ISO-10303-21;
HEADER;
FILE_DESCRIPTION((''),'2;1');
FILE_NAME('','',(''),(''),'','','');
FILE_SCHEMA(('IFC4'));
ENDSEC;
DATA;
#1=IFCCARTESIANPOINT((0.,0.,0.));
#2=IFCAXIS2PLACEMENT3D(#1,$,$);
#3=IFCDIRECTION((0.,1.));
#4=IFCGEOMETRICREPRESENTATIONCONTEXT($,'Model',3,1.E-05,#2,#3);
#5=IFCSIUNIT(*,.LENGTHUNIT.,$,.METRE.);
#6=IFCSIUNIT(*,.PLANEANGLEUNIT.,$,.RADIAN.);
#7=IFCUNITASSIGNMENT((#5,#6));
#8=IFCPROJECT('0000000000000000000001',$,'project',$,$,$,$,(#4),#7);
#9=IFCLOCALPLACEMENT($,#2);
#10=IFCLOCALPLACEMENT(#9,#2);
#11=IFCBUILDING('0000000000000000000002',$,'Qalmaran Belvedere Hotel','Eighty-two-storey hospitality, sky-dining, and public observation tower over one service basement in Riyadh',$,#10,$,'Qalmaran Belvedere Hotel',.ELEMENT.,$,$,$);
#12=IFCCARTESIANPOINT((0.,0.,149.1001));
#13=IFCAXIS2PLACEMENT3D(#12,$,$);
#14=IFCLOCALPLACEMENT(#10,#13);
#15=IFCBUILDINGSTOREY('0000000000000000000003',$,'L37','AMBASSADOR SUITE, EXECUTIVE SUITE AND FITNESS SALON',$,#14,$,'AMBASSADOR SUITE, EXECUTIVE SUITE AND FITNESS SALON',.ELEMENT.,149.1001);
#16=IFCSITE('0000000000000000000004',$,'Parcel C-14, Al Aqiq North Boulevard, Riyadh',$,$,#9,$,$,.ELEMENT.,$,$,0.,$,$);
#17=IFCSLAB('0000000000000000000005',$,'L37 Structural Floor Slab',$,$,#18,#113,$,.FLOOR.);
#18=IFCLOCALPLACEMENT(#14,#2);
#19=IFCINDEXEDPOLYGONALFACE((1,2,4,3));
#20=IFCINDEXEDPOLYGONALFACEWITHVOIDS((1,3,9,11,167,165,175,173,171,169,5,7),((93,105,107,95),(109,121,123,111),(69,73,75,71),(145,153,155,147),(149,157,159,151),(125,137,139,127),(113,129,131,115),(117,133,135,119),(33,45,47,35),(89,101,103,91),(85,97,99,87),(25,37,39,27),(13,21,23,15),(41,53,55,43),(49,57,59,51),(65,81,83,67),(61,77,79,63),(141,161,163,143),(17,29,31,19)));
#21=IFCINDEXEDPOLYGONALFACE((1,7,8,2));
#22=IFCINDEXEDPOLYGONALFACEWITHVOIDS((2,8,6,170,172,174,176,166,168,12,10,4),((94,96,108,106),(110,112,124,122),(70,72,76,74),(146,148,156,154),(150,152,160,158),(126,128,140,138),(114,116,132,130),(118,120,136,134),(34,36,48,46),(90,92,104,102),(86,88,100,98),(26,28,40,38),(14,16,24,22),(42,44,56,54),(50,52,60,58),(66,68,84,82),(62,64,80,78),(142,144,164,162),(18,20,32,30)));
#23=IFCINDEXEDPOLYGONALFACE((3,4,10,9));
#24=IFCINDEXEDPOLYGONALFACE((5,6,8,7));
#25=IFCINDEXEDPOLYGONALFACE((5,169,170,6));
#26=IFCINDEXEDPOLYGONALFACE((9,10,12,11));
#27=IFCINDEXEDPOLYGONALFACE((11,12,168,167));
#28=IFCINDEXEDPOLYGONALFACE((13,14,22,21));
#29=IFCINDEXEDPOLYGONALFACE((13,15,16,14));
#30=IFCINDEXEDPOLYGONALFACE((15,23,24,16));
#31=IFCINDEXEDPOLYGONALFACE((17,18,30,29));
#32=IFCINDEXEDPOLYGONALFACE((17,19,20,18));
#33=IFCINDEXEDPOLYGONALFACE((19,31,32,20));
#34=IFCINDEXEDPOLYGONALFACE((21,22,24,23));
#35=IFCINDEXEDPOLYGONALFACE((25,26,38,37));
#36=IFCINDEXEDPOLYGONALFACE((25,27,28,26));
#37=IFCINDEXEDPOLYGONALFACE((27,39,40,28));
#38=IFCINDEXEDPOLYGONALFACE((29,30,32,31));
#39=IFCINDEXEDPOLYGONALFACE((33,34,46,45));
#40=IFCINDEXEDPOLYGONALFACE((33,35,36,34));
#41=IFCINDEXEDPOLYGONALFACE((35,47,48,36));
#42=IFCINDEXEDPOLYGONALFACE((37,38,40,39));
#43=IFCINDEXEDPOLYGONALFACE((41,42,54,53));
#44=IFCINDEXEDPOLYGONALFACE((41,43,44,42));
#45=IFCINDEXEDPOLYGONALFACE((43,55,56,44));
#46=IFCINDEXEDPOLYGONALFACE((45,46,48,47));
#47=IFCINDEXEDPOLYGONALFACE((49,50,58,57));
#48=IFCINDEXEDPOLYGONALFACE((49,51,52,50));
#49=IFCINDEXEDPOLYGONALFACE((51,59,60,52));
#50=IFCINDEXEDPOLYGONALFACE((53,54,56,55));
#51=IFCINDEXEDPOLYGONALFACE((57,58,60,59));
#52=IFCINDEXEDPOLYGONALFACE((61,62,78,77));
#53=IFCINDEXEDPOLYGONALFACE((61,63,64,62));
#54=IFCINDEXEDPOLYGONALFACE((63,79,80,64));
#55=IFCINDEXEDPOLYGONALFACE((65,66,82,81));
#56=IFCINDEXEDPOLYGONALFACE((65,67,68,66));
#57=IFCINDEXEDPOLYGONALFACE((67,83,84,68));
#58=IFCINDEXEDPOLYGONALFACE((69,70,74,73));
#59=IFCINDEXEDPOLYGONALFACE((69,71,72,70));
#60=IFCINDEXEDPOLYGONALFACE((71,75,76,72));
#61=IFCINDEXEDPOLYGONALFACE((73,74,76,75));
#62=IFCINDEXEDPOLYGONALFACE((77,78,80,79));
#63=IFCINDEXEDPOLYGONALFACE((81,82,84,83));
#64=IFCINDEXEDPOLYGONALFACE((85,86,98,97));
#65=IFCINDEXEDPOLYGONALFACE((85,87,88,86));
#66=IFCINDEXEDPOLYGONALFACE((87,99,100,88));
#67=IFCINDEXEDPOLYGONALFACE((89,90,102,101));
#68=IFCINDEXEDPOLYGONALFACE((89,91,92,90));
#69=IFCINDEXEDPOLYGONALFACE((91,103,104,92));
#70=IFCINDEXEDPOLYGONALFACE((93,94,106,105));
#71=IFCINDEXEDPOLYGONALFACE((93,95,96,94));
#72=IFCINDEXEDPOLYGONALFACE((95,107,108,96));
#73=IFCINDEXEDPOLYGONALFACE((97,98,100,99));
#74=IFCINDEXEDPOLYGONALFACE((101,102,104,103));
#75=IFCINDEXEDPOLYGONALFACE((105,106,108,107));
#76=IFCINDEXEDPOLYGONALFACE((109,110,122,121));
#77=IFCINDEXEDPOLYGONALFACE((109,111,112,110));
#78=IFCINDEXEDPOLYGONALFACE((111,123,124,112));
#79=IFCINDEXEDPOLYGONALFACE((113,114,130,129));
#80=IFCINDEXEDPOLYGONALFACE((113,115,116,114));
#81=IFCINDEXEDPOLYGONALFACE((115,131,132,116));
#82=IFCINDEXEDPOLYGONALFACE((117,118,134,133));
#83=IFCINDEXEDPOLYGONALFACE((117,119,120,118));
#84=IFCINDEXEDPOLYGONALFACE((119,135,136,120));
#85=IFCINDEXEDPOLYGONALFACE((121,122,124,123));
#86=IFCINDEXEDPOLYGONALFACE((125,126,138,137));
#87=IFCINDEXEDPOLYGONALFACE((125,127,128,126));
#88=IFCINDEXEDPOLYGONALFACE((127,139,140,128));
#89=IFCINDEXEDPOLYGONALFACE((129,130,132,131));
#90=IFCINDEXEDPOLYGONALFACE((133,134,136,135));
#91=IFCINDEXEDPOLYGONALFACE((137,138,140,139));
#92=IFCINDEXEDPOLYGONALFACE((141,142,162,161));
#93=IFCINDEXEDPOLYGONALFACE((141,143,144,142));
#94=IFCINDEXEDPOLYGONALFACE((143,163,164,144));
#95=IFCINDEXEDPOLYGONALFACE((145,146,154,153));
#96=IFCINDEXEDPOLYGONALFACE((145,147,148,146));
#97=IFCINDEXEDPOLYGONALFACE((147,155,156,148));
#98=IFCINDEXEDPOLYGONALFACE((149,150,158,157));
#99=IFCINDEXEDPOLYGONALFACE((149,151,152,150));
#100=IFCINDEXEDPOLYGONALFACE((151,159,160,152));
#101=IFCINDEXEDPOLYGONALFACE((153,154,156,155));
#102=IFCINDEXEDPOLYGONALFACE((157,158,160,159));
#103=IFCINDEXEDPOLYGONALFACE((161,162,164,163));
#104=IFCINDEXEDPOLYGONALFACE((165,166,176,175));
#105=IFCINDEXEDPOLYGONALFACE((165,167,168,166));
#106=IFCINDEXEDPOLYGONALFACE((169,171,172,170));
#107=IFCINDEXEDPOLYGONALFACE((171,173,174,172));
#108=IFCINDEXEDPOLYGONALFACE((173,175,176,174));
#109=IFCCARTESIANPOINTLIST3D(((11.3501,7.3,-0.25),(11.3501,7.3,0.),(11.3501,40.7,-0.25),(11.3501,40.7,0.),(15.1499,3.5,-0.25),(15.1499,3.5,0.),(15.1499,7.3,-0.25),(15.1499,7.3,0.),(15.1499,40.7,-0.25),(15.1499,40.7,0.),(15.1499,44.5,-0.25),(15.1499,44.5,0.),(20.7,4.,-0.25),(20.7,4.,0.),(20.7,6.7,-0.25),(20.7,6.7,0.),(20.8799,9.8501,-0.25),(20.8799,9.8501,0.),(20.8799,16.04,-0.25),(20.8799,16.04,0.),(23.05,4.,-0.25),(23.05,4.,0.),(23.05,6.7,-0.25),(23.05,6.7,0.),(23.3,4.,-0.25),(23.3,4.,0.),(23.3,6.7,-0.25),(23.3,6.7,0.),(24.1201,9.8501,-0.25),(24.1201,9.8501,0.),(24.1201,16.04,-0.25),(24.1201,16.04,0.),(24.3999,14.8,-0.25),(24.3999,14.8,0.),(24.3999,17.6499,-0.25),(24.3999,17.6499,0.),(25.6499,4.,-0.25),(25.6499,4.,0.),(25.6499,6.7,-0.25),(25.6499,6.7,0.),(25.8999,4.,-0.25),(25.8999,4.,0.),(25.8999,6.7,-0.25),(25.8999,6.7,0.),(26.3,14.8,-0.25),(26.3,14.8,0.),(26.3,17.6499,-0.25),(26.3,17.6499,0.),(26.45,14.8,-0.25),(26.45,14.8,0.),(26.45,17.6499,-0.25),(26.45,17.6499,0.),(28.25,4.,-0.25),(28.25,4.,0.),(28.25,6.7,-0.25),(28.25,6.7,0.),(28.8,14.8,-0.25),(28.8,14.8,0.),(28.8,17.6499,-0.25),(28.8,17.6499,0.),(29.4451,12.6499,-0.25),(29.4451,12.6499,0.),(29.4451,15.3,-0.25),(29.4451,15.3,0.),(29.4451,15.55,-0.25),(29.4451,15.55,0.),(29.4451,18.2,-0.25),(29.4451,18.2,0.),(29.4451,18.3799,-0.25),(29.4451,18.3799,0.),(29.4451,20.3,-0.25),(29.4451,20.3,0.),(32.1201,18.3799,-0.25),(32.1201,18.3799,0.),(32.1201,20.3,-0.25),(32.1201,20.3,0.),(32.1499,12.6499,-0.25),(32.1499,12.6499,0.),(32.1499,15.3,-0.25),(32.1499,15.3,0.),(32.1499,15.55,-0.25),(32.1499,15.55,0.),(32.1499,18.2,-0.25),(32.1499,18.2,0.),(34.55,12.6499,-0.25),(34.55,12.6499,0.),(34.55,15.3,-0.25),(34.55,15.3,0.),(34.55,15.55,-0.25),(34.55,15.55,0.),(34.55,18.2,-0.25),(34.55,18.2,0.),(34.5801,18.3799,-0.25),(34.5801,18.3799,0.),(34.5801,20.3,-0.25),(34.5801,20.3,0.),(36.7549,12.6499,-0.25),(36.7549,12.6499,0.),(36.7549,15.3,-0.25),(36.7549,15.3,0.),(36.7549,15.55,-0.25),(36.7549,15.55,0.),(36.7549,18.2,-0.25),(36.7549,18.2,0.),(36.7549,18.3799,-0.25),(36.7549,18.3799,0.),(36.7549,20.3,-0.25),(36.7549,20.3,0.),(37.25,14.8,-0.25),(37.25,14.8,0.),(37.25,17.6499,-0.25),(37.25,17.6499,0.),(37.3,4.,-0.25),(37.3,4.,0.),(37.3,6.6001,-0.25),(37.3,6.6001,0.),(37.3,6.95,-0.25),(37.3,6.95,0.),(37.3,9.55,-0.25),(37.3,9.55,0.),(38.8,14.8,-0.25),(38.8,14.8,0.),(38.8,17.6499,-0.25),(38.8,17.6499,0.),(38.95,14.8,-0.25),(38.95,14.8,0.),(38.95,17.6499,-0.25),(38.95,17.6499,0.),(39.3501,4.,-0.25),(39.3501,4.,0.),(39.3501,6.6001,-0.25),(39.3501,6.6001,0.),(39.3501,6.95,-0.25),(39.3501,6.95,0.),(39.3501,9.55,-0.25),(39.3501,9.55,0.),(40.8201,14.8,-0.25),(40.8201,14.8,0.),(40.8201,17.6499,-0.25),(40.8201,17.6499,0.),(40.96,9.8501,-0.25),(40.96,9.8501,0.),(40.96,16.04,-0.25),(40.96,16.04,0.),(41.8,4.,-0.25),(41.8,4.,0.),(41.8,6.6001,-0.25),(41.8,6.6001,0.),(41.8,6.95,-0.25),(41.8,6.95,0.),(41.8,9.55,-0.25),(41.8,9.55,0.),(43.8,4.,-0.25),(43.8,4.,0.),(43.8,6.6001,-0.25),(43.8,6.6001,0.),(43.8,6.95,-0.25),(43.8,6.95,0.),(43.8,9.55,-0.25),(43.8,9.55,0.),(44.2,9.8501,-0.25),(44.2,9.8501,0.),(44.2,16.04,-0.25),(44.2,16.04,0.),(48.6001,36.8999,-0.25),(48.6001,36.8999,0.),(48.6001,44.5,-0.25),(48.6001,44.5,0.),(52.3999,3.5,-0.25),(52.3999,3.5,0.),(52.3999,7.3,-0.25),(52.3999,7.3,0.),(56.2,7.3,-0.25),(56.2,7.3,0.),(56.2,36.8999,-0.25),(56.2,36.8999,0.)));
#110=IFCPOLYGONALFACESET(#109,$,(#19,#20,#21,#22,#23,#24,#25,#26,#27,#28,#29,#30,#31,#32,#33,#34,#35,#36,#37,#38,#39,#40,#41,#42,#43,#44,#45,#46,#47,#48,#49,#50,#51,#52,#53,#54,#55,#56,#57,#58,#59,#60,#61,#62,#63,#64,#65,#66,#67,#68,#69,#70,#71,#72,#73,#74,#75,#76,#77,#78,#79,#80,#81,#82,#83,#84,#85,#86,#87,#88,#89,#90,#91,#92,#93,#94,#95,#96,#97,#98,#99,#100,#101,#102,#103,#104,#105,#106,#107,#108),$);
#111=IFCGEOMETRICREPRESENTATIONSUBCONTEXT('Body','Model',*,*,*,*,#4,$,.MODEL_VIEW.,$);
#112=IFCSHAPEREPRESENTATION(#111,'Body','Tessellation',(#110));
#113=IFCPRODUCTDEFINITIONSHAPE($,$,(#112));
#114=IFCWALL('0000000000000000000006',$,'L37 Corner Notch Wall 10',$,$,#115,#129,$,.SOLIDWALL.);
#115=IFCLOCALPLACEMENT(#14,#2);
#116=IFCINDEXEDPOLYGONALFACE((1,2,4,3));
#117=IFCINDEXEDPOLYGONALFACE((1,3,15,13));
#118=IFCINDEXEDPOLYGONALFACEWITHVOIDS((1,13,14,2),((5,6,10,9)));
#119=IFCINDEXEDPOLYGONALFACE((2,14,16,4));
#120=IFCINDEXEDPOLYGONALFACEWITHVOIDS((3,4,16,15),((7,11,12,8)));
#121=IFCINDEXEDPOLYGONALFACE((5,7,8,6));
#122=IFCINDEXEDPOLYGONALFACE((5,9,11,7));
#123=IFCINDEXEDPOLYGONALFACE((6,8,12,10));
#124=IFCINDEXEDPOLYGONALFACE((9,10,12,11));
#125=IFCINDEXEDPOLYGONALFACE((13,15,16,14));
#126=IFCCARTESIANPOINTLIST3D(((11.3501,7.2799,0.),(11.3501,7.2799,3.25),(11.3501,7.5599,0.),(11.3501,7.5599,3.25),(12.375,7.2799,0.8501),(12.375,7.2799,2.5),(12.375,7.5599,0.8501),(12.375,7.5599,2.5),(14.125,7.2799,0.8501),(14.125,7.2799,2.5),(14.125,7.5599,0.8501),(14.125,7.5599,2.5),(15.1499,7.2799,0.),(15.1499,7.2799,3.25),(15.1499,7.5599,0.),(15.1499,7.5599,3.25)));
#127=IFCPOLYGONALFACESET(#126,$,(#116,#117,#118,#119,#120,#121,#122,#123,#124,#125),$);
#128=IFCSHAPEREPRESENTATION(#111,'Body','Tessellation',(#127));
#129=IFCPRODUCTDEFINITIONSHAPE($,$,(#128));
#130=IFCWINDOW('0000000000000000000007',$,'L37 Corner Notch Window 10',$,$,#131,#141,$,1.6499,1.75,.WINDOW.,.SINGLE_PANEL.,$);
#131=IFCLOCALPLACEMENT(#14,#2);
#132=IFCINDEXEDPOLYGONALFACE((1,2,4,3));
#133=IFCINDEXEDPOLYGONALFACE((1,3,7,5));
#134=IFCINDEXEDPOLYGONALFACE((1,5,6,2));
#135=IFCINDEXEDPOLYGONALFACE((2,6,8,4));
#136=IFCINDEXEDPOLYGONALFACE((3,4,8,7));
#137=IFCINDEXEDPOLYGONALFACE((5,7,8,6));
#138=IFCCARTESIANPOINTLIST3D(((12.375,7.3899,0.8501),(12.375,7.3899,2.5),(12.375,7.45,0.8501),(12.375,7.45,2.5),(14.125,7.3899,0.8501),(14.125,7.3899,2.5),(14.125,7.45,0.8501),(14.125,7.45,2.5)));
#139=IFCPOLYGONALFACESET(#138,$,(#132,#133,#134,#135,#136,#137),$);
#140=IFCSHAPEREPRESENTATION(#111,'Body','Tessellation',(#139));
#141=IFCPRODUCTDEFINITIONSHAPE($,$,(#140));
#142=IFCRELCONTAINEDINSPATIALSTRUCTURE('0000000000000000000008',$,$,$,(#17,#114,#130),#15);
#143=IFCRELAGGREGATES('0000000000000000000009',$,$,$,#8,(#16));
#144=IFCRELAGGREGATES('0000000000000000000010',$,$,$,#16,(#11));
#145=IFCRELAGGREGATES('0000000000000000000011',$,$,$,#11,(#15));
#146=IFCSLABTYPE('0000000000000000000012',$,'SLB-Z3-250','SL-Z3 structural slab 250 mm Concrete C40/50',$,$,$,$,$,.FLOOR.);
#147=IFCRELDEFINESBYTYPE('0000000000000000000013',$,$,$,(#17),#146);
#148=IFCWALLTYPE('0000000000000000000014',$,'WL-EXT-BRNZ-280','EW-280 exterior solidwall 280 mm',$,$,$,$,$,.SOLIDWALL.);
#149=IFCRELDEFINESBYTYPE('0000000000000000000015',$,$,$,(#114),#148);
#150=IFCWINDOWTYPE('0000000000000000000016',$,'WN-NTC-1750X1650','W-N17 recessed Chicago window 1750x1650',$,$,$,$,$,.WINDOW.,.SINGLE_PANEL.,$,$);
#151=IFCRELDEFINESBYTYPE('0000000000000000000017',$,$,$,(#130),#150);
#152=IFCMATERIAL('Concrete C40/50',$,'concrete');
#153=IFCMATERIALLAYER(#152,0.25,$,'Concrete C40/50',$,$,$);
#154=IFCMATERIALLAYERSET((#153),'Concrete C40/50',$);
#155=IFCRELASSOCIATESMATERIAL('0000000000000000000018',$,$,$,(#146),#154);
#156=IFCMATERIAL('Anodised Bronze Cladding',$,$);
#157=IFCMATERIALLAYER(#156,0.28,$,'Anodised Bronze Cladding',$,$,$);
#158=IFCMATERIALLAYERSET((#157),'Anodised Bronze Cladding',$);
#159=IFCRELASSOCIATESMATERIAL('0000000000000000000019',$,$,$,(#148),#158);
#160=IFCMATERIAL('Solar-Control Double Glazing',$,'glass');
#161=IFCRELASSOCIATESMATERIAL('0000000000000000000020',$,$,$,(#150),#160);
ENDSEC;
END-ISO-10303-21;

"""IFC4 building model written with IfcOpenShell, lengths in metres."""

from ifc_helpers import new_model, si_unit, direction, frame, frame_2d, origin, place, context, subcontext, project, spatial, polyline, rectangle, outline, extrude, material, layer, layer_set, type_object, element, fill, save


model = new_model("IFC4")

# Units and contexts
model_context = context("Model", 3, precision=1e-05, world=origin(), true_north=direction((0.0, 1.0)))
body_context = subcontext(model_context, "Body", "Model", "MODEL_VIEW")
ifc_project = project(units=[si_unit("LENGTHUNIT", "METRE"), si_unit("PLANEANGLEUNIT", "RADIAN")], contexts=[model_context])

# Site, building, storey
site_placement = place(None, origin())
site = spatial("IfcSite", under=ifc_project, at=site_placement, Name="Parcel C-14, Al Aqiq North Boulevard, Riyadh", CompositionType="ELEMENT", RefElevation=0.0)
building_placement = place(site_placement, origin())
building = spatial("IfcBuilding", under=site, at=building_placement, Name="Qalmaran Belvedere Hotel", Description="Eighty-two-storey hospitality, sky-dining, and public observation tower over one service basement in Riyadh", LongName="Qalmaran Belvedere Hotel", CompositionType="ELEMENT")
storey_placement = place(building_placement, frame((0.0, 0.0, 149.1001)))
storey = spatial("IfcBuildingStorey", under=building, at=storey_placement, Name="L37", Description="AMBASSADOR SUITE, EXECUTIVE SUITE AND FITNESS SALON", LongName="AMBASSADOR SUITE, EXECUTIVE SUITE AND FITNESS SALON", CompositionType="ELEMENT", Elevation=149.1001)

# Shared definitions
ifc_material_1 = material(Name="Solar-Control Double Glazing", Category="glass")

# Shared definitions
ifc_material_2 = material(Name="Concrete C40/50", Category="concrete")

# Slab
ifc_layer_1 = layer(ifc_material_2, 0.25, Name="Concrete C40/50")
ifc_layer_set_1 = layer_set([ifc_layer_1], Name="Concrete C40/50")
slab_type_1 = type_object("IfcSlabType", Name="SLB-Z3-250", Description="SL-Z3 structural slab 250 mm Concrete C40/50", PredefinedType="FLOOR", material=ifc_layer_set_1)
slab_1_placement = place(storey_placement, frame((0.0, 0.0, -0.25)))
element("IfcSlab", 1, at=slab_1_placement, inside=storey, type_object=slab_type_1, Name="L37 Structural Floor Slab", PredefinedType="FLOOR", context=body_context, shape_type="SweptSolid", body=[
    extrude(outline(polyline([(15.1499, 3.5), (52.3999, 3.5), (52.3999, 7.3), (56.2, 7.3), (56.2, 36.8999), (48.6001, 36.8999), (48.6001, 44.5), (15.1499, 44.5), (15.1499, 40.7), (11.3501, 40.7), (11.3501, 7.3), (15.1499, 7.3), (15.1499, 3.5)]), holes=[polyline([(20.8799, 9.8501), (24.1201, 9.8501), (24.1201, 16.04), (20.8799, 16.04), (20.8799, 9.8501)]), polyline([(40.96, 9.8501), (44.2, 9.8501), (44.2, 16.04), (40.96, 16.04), (40.96, 9.8501)]), polyline([(29.4451, 12.6499), (32.1499, 12.6499), (32.1499, 15.3), (29.4451, 15.3), (29.4451, 12.6499)]), polyline([(29.4451, 15.55), (32.1499, 15.55), (32.1499, 18.2), (29.4451, 18.2), (29.4451, 15.55)]), polyline([(34.55, 12.6499), (36.7549, 12.6499), (36.7549, 15.3), (34.55, 15.3), (34.55, 12.6499)]), polyline([(34.55, 15.55), (36.7549, 15.55), (36.7549, 18.2), (34.55, 18.2), (34.55, 15.55)]), polyline([(37.3, 4.0), (39.3501, 4.0), (39.3501, 6.6001), (37.3, 6.6001), (37.3, 4.0)]), polyline([(37.3, 6.95), (39.3501, 6.95), (39.3501, 9.55), (37.3, 9.55), (37.3, 6.95)]), polyline([(41.8, 4.0), (43.8, 4.0), (43.8, 6.6001), (41.8, 6.6001), (41.8, 4.0)]), polyline([(41.8, 6.95), (43.8, 6.95), (43.8, 9.55), (41.8, 9.55), (41.8, 6.95)]), polyline([(20.7, 4.0), (23.05, 4.0), (23.05, 6.7), (20.7, 6.7), (20.7, 4.0)]), polyline([(23.3, 4.0), (25.6499, 4.0), (25.6499, 6.7), (23.3, 6.7), (23.3, 4.0)]), polyline([(25.8999, 4.0), (28.25, 4.0), (28.25, 6.7), (25.8999, 6.7), (25.8999, 4.0)]), polyline([(24.3999, 14.8), (26.3, 14.8), (26.3, 17.6499), (24.3999, 17.6499), (24.3999, 14.8)]), polyline([(38.95, 14.8), (40.8201, 14.8), (40.8201, 17.6499), (38.95, 17.6499), (38.95, 14.8)]), polyline([(26.45, 14.8), (28.8, 14.8), (28.8, 17.6499), (26.45, 17.6499), (26.45, 14.8)]), polyline([(37.25, 14.8), (38.8, 14.8), (38.8, 17.6499), (37.25, 17.6499), (37.25, 14.8)]), polyline([(29.4451, 18.3799), (32.1201, 18.3799), (32.1201, 20.3), (29.4451, 20.3), (29.4451, 18.3799)]), polyline([(34.5801, 18.3799), (36.7549, 18.3799), (36.7549, 20.3), (34.5801, 20.3), (34.5801, 18.3799)])]), origin(), (0.0, 0.0, 1.0), 0.25),
])

# Wall, opening, window
ifc_material_3 = material(Name="Anodised Bronze Cladding")
ifc_layer_2 = layer(ifc_material_3, 0.28, Name="Anodised Bronze Cladding")
ifc_layer_set_2 = layer_set([ifc_layer_2], Name="Anodised Bronze Cladding")
wall_type_1 = type_object("IfcWallType", Name="WL-EXT-BRNZ-280", Description="EW-280 exterior solidwall 280 mm", PredefinedType="SOLIDWALL", material=ifc_layer_set_2)
wall_1_placement = place(storey_placement, frame((11.3501, 7.4199, 0.0), z_axis=(0.0, 0.0, 1.0), x_axis=(1.0, 0.0, 0.0)))
wall_1 = element("IfcWall", 2, at=wall_1_placement, inside=storey, type_object=wall_type_1, Name="L37 Corner Notch Wall 10", PredefinedType="SOLIDWALL", context=body_context, shape_type="SweptSolid", body=[
    extrude(rectangle(XDim=3.7998, YDim=0.28, at=frame_2d((1.8999, 0.0))), origin(), (0.0, 0.0, 1.0), 3.25),
])
opening_1_placement = place(wall_1_placement, frame((1.0249, 0.0, 0.8501)))
opening_1 = element("IfcOpeningElement", 3, at=opening_1_placement, cuts=wall_1, PredefinedType="OPENING", context=body_context, shape_type="SweptSolid", body=[
    extrude(rectangle(XDim=1.75, YDim=1.6499, at=frame_2d((0.875, 0.825))), frame((0.0, 0.1499, 0.0), z_axis=(0.0, -1.0, 0.0), x_axis=(1.0, 0.0, 0.0)), (0.0, 0.0, 1.0), 0.3),
])
window_type = type_object("IfcWindowType", Name="WN-NTC-1750X1650", Description="W-N17 recessed Chicago window 1750x1650", PartitioningType="SINGLE_PANEL", PredefinedType="WINDOW", material=ifc_material_1)
window_placement = place(opening_1_placement, origin())
window = element("IfcWindow", 4, at=window_placement, inside=storey, type_object=window_type, Name="L37 Corner Notch Window 10", OverallHeight=1.6499, OverallWidth=1.75, PartitioningType="SINGLE_PANEL", PredefinedType="WINDOW", context=body_context, shape_type="SweptSolid", body=[
    extrude(rectangle(XDim=1.75, YDim=1.6499, at=frame_2d((0.875, 0.825))), frame((0.0, 0.03, 0.0), z_axis=(0.0, -1.0, 0.0), x_axis=(1.0, 0.0, 0.0)), (0.0, 0.0, 1.0), 0.0601),
])
fill(opening_1, window)

save(model, "model.ifc")
